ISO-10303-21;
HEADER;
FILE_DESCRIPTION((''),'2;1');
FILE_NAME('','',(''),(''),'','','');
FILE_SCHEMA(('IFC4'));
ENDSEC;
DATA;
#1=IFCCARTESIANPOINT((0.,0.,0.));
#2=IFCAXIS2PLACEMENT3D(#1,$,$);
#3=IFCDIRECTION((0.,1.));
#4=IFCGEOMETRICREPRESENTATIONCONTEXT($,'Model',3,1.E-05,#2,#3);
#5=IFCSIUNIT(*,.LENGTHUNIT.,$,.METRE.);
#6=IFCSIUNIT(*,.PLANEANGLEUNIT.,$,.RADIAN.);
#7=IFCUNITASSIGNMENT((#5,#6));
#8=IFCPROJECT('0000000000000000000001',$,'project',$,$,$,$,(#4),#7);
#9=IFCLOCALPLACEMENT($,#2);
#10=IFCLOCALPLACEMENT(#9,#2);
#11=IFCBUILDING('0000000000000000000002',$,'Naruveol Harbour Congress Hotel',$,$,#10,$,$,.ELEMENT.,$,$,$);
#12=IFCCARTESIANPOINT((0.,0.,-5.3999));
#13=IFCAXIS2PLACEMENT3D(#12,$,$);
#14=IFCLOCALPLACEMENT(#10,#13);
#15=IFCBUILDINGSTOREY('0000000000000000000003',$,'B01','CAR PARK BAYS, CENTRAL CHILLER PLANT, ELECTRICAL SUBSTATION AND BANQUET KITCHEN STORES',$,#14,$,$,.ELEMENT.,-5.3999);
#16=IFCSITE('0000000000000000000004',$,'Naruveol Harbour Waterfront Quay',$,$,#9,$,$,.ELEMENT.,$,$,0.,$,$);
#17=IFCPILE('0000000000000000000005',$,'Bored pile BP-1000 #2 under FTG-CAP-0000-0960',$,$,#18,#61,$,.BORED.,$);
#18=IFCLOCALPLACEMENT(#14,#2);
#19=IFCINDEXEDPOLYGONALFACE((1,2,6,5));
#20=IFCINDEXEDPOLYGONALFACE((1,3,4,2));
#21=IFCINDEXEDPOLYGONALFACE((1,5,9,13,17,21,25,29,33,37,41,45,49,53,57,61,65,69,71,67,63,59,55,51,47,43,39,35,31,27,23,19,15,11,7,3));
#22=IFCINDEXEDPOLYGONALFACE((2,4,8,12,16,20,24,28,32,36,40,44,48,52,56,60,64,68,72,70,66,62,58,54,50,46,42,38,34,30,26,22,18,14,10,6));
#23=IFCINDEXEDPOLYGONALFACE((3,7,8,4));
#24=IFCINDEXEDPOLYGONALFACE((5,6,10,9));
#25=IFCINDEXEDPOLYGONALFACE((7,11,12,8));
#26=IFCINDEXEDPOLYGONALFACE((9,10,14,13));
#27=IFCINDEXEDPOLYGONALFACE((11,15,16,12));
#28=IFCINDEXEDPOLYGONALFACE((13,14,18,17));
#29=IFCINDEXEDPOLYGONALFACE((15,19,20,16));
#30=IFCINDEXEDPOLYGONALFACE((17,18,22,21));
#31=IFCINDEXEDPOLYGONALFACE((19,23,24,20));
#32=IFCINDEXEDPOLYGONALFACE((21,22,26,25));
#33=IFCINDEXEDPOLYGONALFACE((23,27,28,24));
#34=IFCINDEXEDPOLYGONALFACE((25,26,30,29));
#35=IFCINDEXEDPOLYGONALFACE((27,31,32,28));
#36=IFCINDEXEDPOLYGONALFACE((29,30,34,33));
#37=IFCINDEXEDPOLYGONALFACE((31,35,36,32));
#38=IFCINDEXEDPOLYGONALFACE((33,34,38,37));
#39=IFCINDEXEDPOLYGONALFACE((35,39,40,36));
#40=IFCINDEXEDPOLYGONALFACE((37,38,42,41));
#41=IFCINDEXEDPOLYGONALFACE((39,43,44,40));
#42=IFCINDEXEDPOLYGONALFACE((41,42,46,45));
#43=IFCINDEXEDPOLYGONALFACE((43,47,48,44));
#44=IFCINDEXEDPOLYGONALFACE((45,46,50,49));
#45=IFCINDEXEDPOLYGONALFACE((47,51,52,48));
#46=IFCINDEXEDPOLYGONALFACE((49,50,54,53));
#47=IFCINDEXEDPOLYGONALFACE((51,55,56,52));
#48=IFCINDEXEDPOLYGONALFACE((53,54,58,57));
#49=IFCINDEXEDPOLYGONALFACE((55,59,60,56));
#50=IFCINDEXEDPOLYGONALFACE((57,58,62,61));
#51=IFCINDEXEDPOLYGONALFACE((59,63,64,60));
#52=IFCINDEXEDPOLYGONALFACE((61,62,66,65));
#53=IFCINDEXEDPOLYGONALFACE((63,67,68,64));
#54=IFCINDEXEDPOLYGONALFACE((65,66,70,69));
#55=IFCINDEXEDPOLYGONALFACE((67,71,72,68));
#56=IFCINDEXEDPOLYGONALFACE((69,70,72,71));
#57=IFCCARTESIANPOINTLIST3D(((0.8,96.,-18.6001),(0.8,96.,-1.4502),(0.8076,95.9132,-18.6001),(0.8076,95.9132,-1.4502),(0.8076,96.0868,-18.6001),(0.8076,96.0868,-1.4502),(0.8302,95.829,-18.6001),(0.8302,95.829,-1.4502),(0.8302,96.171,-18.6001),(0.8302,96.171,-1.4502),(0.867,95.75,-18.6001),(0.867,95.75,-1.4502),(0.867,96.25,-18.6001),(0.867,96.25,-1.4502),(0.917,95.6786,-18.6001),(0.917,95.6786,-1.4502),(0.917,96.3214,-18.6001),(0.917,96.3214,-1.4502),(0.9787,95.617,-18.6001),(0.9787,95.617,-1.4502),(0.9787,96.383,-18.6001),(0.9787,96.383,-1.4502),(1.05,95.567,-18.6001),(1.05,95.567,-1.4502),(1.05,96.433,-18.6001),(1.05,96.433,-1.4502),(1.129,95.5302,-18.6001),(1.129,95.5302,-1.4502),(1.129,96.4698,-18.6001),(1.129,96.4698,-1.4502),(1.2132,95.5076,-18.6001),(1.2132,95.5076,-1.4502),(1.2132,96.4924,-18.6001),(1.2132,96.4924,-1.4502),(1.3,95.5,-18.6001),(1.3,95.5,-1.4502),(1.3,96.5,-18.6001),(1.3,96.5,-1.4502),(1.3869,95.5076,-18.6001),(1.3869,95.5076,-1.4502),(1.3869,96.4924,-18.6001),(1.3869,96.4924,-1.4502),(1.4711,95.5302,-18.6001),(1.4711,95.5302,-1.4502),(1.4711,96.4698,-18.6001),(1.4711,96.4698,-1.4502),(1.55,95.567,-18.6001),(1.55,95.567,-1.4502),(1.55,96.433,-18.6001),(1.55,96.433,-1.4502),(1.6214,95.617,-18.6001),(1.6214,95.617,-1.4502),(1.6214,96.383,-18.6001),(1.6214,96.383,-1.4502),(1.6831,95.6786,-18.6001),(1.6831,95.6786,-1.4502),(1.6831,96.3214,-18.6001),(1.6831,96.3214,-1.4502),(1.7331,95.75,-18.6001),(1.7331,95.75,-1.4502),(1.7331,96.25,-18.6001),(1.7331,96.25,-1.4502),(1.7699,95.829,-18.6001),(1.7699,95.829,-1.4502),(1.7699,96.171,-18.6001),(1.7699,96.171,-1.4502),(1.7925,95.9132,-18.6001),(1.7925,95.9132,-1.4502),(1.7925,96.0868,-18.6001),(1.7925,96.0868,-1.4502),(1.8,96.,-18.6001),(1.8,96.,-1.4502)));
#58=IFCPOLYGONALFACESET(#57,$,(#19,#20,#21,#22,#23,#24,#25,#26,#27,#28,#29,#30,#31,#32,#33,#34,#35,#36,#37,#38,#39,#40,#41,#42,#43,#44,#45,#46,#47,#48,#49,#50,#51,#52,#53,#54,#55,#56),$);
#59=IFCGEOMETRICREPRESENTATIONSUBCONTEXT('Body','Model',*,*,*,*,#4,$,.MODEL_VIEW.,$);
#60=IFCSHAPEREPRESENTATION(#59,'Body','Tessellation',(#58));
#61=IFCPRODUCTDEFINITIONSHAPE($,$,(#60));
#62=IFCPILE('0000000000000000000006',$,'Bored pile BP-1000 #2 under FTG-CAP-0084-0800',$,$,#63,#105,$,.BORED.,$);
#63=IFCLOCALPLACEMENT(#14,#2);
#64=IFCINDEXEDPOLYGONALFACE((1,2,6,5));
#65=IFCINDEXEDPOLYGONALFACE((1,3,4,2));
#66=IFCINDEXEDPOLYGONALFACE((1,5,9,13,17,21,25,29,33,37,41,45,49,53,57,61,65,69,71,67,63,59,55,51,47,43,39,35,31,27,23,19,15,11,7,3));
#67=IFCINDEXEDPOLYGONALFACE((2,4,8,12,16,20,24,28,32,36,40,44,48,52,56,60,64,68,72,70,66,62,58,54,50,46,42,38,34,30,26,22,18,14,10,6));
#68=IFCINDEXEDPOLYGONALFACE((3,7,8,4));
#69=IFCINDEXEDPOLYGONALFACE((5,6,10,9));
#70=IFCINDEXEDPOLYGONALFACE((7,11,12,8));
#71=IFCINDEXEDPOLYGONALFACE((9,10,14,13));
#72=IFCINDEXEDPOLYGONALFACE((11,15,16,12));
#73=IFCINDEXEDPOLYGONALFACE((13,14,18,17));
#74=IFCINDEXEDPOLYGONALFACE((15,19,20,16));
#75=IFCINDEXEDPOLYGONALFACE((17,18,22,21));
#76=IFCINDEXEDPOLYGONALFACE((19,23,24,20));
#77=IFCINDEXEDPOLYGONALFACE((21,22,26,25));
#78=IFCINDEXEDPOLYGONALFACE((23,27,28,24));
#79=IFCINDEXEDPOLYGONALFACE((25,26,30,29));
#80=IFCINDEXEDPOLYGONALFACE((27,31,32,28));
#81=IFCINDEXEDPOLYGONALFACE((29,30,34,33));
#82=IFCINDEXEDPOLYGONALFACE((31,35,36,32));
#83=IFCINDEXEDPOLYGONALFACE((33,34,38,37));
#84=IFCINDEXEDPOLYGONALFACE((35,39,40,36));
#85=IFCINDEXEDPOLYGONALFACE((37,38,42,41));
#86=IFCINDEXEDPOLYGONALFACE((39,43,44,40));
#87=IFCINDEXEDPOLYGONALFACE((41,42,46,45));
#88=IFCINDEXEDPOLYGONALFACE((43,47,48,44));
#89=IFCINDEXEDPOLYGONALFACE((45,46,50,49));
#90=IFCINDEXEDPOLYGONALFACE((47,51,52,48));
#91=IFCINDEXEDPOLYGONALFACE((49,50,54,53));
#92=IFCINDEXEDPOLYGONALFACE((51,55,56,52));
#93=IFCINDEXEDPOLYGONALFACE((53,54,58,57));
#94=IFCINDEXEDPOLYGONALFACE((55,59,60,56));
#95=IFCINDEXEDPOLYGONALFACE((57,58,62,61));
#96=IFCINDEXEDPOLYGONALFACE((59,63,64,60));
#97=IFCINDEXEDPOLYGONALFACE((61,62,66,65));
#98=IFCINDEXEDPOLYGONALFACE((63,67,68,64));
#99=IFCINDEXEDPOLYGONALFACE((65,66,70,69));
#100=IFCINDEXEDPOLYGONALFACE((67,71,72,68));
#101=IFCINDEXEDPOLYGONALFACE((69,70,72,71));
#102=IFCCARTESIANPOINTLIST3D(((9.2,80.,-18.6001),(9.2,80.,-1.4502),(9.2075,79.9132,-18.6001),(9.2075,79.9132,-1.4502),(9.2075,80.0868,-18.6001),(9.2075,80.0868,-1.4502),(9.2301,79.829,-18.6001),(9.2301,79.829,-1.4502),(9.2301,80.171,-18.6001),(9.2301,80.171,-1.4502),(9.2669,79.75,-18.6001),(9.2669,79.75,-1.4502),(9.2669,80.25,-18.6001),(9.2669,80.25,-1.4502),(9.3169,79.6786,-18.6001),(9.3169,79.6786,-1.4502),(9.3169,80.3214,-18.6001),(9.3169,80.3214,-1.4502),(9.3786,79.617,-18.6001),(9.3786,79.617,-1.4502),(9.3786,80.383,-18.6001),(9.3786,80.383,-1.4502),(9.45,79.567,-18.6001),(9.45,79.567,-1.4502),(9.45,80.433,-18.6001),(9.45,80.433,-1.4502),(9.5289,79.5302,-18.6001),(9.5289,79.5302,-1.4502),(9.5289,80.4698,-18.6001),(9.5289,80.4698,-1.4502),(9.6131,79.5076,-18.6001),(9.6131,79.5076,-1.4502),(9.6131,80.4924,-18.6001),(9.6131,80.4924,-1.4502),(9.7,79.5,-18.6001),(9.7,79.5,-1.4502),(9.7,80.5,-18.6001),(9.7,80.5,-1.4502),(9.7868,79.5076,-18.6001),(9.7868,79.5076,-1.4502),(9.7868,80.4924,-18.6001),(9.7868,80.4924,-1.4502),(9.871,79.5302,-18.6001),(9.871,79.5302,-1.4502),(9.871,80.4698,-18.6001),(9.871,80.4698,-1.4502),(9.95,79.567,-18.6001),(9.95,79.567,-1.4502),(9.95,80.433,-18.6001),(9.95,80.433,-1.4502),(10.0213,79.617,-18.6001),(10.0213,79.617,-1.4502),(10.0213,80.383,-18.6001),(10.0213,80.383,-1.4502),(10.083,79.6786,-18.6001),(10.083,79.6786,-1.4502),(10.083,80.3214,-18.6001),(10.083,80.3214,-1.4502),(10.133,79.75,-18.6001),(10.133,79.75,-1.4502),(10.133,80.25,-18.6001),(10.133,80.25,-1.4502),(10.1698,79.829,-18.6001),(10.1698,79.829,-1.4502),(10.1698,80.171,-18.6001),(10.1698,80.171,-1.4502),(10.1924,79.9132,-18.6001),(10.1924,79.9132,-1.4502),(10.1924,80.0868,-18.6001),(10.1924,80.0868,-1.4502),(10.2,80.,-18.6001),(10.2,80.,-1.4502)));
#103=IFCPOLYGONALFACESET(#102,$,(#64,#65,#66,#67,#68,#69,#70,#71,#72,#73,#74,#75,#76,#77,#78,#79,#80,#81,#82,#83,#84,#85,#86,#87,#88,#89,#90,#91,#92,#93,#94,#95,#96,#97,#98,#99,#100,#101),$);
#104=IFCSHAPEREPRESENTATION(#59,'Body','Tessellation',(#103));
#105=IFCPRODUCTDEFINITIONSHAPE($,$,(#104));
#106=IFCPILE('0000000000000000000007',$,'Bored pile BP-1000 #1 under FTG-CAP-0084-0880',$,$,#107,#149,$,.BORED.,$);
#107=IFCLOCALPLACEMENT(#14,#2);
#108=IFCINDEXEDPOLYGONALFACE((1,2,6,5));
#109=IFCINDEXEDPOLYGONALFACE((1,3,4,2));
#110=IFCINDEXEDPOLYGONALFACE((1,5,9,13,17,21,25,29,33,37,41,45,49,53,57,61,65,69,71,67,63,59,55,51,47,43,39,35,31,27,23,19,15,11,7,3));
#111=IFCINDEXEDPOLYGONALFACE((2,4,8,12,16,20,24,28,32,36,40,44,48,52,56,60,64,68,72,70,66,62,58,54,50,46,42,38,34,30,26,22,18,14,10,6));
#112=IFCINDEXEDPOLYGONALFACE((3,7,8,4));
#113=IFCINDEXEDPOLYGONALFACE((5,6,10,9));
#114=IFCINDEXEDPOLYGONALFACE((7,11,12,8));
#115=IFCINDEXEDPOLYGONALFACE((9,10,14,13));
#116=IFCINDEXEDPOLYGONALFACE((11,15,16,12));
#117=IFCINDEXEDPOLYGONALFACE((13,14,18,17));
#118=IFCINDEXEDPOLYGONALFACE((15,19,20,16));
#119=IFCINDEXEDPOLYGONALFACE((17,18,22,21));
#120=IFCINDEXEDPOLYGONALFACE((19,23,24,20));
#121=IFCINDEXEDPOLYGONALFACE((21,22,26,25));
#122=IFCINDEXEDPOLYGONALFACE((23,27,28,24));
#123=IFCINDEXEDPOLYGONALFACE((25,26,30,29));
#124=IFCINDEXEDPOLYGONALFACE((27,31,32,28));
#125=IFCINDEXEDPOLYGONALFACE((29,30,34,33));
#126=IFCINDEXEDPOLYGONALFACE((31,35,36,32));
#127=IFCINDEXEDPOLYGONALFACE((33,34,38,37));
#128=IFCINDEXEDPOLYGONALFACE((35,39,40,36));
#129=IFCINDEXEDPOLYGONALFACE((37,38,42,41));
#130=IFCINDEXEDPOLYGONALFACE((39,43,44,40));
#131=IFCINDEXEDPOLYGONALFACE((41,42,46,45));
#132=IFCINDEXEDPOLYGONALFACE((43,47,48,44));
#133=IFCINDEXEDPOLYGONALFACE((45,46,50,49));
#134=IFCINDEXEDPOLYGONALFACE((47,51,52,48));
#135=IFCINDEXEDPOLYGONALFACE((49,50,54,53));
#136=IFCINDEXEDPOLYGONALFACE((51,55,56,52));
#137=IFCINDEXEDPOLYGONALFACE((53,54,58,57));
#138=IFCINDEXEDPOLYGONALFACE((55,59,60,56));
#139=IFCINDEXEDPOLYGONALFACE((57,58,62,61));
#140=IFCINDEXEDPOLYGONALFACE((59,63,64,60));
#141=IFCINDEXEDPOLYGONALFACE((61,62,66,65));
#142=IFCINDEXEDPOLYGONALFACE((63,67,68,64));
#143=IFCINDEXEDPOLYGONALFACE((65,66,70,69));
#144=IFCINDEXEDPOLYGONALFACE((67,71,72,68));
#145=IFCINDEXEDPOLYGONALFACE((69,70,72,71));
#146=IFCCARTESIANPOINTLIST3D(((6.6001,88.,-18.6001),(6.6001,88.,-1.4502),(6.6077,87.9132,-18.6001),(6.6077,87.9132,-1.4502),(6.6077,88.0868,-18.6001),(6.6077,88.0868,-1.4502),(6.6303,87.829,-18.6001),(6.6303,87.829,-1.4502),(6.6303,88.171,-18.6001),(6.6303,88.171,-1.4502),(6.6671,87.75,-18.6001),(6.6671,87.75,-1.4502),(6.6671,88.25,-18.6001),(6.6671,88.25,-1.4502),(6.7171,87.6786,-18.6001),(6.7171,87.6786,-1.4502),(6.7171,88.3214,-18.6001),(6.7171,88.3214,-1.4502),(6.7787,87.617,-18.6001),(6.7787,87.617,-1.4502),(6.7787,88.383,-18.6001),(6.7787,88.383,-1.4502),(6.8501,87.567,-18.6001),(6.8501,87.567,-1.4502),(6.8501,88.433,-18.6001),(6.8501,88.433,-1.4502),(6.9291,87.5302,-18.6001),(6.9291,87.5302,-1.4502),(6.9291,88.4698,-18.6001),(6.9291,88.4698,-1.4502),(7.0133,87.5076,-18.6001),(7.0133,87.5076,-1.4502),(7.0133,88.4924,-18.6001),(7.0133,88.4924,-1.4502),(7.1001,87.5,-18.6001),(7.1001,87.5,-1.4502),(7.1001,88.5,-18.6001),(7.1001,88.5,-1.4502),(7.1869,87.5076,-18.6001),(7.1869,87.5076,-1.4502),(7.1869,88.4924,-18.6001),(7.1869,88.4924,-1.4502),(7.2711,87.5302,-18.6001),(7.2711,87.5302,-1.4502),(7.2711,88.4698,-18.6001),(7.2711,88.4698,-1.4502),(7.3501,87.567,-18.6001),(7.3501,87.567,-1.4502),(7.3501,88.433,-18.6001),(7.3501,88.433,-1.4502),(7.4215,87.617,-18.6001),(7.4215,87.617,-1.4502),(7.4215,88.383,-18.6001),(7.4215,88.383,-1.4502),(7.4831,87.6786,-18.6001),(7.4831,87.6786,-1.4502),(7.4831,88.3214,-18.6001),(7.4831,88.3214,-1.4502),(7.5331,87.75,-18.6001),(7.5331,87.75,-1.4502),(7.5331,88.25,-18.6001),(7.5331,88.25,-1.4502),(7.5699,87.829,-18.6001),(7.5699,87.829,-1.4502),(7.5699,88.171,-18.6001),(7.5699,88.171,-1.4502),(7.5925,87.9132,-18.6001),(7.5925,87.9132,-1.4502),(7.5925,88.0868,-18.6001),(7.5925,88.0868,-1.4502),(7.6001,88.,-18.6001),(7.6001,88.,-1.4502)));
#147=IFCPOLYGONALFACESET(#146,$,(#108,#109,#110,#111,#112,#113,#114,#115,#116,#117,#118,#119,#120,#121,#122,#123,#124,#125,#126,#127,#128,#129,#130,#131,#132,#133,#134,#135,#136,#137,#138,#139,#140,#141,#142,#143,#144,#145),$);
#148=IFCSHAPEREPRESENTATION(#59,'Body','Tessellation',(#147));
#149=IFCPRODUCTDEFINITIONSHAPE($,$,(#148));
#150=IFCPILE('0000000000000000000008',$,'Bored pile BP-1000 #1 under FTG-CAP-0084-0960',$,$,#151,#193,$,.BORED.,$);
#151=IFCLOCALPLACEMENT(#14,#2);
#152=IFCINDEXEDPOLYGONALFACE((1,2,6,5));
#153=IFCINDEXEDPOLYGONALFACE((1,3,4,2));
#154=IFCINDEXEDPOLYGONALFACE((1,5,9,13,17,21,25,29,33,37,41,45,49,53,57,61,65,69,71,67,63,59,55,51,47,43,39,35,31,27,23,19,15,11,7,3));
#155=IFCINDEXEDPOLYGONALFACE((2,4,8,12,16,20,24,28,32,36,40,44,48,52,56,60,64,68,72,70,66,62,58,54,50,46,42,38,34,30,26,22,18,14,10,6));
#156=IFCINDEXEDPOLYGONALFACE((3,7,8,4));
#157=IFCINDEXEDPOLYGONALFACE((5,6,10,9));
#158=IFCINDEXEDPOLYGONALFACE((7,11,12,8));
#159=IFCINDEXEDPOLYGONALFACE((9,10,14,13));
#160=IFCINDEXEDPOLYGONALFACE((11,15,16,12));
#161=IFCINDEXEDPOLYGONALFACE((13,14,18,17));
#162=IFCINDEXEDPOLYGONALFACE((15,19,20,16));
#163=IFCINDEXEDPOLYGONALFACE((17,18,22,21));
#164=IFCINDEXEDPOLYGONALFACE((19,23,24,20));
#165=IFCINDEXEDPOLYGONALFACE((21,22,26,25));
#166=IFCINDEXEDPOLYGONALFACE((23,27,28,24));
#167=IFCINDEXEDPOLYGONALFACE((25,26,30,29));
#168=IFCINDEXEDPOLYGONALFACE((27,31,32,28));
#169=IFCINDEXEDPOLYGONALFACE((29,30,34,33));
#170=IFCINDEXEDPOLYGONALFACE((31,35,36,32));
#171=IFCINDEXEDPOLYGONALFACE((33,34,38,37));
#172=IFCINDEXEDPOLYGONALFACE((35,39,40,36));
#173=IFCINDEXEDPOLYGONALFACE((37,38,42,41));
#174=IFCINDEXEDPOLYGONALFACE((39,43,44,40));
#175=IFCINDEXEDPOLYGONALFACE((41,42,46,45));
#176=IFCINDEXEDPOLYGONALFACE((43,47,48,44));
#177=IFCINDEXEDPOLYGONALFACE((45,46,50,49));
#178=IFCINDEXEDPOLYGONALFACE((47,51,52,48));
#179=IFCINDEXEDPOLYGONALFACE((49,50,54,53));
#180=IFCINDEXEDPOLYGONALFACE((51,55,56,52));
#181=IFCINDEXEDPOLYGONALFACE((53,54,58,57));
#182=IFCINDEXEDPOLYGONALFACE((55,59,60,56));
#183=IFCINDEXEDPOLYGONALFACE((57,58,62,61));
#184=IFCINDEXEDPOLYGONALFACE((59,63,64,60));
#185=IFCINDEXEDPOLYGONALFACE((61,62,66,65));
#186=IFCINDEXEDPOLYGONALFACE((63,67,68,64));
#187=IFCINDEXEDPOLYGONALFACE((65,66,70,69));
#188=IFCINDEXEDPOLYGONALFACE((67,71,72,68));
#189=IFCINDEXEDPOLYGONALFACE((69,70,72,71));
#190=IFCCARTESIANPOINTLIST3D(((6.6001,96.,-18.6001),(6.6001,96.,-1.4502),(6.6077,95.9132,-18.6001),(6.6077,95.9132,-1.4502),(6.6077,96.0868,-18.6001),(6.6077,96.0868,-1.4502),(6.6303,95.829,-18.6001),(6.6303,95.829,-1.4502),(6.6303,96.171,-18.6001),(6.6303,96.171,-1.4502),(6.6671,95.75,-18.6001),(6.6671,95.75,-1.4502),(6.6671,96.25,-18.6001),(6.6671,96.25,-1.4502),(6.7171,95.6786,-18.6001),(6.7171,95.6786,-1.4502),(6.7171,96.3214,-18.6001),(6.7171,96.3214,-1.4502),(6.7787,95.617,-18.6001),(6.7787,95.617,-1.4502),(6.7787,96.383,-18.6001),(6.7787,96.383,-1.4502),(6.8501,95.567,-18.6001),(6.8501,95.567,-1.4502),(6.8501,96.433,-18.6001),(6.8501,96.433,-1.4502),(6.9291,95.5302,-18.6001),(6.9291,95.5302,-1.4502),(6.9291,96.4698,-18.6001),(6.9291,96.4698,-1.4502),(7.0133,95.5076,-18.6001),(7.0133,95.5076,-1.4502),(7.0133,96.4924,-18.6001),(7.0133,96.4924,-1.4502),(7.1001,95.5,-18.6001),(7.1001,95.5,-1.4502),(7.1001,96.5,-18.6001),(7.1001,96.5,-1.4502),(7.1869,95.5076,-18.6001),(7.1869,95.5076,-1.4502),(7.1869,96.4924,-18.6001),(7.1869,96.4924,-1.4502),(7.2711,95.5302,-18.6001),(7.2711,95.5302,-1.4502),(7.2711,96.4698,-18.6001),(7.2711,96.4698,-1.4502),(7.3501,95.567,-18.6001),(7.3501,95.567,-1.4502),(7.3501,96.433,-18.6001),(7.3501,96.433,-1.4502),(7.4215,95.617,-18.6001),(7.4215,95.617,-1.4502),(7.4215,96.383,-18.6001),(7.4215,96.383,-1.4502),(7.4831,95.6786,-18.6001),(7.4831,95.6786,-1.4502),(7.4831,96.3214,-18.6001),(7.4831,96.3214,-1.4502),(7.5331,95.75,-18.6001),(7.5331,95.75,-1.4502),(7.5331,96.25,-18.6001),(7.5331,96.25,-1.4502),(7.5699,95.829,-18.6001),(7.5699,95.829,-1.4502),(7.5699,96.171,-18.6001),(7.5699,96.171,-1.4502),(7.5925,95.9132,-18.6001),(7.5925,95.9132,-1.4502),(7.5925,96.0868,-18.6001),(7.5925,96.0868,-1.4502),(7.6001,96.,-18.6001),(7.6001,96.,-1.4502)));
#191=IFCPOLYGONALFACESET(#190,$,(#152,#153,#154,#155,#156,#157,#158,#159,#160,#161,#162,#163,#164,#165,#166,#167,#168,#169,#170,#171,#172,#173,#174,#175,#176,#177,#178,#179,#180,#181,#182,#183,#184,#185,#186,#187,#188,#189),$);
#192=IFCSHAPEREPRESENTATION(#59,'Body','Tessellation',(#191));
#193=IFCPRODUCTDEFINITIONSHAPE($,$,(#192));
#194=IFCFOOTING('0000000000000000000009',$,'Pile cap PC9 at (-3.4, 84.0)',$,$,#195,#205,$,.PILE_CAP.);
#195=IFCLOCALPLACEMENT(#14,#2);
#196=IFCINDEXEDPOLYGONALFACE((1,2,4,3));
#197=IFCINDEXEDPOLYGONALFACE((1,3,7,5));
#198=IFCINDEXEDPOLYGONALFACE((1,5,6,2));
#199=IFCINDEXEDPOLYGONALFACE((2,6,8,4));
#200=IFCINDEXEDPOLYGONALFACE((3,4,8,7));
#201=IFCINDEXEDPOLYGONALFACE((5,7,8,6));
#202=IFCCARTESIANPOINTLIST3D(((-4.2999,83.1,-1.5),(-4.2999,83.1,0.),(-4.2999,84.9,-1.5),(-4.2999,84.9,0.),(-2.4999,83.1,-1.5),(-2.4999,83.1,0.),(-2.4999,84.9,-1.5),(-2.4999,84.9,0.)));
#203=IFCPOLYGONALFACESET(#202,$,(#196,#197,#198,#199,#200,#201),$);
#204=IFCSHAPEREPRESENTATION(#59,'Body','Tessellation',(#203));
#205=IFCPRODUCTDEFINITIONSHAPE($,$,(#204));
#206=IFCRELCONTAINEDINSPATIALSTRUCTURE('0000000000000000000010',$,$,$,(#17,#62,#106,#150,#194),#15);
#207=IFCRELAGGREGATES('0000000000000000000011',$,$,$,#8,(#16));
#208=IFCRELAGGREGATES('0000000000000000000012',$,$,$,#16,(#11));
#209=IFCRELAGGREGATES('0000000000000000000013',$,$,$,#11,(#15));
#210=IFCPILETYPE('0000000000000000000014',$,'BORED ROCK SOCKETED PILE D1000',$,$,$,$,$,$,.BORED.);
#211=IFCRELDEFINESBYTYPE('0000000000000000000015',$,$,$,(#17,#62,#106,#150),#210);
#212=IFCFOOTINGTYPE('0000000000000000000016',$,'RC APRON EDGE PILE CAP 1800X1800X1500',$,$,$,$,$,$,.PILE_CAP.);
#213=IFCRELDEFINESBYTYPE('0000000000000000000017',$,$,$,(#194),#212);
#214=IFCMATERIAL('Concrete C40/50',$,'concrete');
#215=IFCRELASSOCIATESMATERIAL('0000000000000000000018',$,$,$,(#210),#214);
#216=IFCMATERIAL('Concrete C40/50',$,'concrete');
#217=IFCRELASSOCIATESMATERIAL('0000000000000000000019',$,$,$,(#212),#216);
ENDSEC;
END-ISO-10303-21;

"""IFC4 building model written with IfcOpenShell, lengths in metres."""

from ifc_helpers import new_model, si_unit, direction, frame, origin, origin_2d, place, context, subcontext, project, spatial, rectangle, circle, extrude, material, material_profile, profile_set, type_object, element, save


model = new_model("IFC4")

# Units and contexts
model_context = context("Model", 3, precision=1e-05, world=origin(), true_north=direction((0.0, 1.0)))
body_context = subcontext(model_context, "Body", "Model", "MODEL_VIEW")
ifc_project = project(units=[si_unit("LENGTHUNIT", "METRE"), si_unit("PLANEANGLEUNIT", "RADIAN")], contexts=[model_context])

# Site, building, storey
site_placement = place(None, origin())
site = spatial("IfcSite", under=ifc_project, at=site_placement, Name="Naruveol Harbour Waterfront Quay", CompositionType="ELEMENT", RefElevation=0.0)
building_placement = place(site_placement, origin())
building = spatial("IfcBuilding", under=site, at=building_placement, Name="Naruveol Harbour Congress Hotel", CompositionType="ELEMENT")
storey_placement = place(building_placement, frame((0.0, 0.0, -5.3999)))
storey = spatial("IfcBuildingStorey", under=building, at=storey_placement, Name="B01", Description="CAR PARK BAYS, CENTRAL CHILLER PLANT, ELECTRICAL SUBSTATION AND BANQUET KITCHEN STORES", CompositionType="ELEMENT", Elevation=-5.3999)

# Piles
ifc_material_1 = material(Name="Concrete C40/50", Category="concrete")
ifc_material_profile_1 = material_profile(ifc_material_1, circle(Radius=0.5, at=origin_2d()), Name="BP-1000")
ifc_profile_set_1 = profile_set([ifc_material_profile_1], Name="Concrete C40/50")
pile_type = type_object("IfcPileType", Name="BORED ROCK SOCKETED PILE D1000", PredefinedType="BORED", material=ifc_profile_set_1)
for number, where, z_axis, x_axis, name in (
    (1, (1.3, 96.0, -1.4502), (0.0, 0.0, -1.0), (1.0, 0.0, 0.0), "Bored pile BP-1000 #2 under FTG-CAP-0000-0960"),
    (2, (9.7, 80.0, -1.4502), (0.0, 0.0, -1.0), (1.0, 0.0, 0.0), "Bored pile BP-1000 #2 under FTG-CAP-0084-0800"),
    (3, (7.1001, 88.0, -1.4502), (0.0, 0.0, -1.0), (1.0, 0.0, 0.0), "Bored pile BP-1000 #1 under FTG-CAP-0084-0880"),
    (4, (7.1001, 96.0, -1.4502), (0.0, 0.0, -1.0), (1.0, 0.0, 0.0), "Bored pile BP-1000 #1 under FTG-CAP-0084-0960"),
):
    element("IfcPile", number, at=place(storey_placement, frame(where, z_axis=z_axis, x_axis=x_axis)), inside=storey, type_object=pile_type, Name=name, PredefinedType="BORED", context=body_context, shape_type="SweptSolid", body=[
        extrude(circle(Radius=0.5, at=origin_2d()), origin(), (0.0, 0.0, 1.0), 17.1499),
    ])

# Footing
ifc_material_2 = material(Name="Concrete C40/50", Category="concrete")
footing_type_1 = type_object("IfcFootingType", Name="RC APRON EDGE PILE CAP 1800X1800X1500", PredefinedType="PILE_CAP", material=ifc_material_2)
footing_placement = place(storey_placement, frame((-3.3999, 84.0, -1.5), z_axis=(0.0, 0.0, 1.0), x_axis=(1.0, 0.0, 0.0)))
element("IfcFooting", 5, at=footing_placement, inside=storey, type_object=footing_type_1, Name="Pile cap PC9 at (-3.4, 84.0)", PredefinedType="PILE_CAP", context=body_context, shape_type="SweptSolid", body=[
    extrude(rectangle(XDim=1.8, YDim=1.8, at=origin_2d()), origin(), (0.0, 0.0, 1.0), 1.5),
])

save(model, "model.ifc")
